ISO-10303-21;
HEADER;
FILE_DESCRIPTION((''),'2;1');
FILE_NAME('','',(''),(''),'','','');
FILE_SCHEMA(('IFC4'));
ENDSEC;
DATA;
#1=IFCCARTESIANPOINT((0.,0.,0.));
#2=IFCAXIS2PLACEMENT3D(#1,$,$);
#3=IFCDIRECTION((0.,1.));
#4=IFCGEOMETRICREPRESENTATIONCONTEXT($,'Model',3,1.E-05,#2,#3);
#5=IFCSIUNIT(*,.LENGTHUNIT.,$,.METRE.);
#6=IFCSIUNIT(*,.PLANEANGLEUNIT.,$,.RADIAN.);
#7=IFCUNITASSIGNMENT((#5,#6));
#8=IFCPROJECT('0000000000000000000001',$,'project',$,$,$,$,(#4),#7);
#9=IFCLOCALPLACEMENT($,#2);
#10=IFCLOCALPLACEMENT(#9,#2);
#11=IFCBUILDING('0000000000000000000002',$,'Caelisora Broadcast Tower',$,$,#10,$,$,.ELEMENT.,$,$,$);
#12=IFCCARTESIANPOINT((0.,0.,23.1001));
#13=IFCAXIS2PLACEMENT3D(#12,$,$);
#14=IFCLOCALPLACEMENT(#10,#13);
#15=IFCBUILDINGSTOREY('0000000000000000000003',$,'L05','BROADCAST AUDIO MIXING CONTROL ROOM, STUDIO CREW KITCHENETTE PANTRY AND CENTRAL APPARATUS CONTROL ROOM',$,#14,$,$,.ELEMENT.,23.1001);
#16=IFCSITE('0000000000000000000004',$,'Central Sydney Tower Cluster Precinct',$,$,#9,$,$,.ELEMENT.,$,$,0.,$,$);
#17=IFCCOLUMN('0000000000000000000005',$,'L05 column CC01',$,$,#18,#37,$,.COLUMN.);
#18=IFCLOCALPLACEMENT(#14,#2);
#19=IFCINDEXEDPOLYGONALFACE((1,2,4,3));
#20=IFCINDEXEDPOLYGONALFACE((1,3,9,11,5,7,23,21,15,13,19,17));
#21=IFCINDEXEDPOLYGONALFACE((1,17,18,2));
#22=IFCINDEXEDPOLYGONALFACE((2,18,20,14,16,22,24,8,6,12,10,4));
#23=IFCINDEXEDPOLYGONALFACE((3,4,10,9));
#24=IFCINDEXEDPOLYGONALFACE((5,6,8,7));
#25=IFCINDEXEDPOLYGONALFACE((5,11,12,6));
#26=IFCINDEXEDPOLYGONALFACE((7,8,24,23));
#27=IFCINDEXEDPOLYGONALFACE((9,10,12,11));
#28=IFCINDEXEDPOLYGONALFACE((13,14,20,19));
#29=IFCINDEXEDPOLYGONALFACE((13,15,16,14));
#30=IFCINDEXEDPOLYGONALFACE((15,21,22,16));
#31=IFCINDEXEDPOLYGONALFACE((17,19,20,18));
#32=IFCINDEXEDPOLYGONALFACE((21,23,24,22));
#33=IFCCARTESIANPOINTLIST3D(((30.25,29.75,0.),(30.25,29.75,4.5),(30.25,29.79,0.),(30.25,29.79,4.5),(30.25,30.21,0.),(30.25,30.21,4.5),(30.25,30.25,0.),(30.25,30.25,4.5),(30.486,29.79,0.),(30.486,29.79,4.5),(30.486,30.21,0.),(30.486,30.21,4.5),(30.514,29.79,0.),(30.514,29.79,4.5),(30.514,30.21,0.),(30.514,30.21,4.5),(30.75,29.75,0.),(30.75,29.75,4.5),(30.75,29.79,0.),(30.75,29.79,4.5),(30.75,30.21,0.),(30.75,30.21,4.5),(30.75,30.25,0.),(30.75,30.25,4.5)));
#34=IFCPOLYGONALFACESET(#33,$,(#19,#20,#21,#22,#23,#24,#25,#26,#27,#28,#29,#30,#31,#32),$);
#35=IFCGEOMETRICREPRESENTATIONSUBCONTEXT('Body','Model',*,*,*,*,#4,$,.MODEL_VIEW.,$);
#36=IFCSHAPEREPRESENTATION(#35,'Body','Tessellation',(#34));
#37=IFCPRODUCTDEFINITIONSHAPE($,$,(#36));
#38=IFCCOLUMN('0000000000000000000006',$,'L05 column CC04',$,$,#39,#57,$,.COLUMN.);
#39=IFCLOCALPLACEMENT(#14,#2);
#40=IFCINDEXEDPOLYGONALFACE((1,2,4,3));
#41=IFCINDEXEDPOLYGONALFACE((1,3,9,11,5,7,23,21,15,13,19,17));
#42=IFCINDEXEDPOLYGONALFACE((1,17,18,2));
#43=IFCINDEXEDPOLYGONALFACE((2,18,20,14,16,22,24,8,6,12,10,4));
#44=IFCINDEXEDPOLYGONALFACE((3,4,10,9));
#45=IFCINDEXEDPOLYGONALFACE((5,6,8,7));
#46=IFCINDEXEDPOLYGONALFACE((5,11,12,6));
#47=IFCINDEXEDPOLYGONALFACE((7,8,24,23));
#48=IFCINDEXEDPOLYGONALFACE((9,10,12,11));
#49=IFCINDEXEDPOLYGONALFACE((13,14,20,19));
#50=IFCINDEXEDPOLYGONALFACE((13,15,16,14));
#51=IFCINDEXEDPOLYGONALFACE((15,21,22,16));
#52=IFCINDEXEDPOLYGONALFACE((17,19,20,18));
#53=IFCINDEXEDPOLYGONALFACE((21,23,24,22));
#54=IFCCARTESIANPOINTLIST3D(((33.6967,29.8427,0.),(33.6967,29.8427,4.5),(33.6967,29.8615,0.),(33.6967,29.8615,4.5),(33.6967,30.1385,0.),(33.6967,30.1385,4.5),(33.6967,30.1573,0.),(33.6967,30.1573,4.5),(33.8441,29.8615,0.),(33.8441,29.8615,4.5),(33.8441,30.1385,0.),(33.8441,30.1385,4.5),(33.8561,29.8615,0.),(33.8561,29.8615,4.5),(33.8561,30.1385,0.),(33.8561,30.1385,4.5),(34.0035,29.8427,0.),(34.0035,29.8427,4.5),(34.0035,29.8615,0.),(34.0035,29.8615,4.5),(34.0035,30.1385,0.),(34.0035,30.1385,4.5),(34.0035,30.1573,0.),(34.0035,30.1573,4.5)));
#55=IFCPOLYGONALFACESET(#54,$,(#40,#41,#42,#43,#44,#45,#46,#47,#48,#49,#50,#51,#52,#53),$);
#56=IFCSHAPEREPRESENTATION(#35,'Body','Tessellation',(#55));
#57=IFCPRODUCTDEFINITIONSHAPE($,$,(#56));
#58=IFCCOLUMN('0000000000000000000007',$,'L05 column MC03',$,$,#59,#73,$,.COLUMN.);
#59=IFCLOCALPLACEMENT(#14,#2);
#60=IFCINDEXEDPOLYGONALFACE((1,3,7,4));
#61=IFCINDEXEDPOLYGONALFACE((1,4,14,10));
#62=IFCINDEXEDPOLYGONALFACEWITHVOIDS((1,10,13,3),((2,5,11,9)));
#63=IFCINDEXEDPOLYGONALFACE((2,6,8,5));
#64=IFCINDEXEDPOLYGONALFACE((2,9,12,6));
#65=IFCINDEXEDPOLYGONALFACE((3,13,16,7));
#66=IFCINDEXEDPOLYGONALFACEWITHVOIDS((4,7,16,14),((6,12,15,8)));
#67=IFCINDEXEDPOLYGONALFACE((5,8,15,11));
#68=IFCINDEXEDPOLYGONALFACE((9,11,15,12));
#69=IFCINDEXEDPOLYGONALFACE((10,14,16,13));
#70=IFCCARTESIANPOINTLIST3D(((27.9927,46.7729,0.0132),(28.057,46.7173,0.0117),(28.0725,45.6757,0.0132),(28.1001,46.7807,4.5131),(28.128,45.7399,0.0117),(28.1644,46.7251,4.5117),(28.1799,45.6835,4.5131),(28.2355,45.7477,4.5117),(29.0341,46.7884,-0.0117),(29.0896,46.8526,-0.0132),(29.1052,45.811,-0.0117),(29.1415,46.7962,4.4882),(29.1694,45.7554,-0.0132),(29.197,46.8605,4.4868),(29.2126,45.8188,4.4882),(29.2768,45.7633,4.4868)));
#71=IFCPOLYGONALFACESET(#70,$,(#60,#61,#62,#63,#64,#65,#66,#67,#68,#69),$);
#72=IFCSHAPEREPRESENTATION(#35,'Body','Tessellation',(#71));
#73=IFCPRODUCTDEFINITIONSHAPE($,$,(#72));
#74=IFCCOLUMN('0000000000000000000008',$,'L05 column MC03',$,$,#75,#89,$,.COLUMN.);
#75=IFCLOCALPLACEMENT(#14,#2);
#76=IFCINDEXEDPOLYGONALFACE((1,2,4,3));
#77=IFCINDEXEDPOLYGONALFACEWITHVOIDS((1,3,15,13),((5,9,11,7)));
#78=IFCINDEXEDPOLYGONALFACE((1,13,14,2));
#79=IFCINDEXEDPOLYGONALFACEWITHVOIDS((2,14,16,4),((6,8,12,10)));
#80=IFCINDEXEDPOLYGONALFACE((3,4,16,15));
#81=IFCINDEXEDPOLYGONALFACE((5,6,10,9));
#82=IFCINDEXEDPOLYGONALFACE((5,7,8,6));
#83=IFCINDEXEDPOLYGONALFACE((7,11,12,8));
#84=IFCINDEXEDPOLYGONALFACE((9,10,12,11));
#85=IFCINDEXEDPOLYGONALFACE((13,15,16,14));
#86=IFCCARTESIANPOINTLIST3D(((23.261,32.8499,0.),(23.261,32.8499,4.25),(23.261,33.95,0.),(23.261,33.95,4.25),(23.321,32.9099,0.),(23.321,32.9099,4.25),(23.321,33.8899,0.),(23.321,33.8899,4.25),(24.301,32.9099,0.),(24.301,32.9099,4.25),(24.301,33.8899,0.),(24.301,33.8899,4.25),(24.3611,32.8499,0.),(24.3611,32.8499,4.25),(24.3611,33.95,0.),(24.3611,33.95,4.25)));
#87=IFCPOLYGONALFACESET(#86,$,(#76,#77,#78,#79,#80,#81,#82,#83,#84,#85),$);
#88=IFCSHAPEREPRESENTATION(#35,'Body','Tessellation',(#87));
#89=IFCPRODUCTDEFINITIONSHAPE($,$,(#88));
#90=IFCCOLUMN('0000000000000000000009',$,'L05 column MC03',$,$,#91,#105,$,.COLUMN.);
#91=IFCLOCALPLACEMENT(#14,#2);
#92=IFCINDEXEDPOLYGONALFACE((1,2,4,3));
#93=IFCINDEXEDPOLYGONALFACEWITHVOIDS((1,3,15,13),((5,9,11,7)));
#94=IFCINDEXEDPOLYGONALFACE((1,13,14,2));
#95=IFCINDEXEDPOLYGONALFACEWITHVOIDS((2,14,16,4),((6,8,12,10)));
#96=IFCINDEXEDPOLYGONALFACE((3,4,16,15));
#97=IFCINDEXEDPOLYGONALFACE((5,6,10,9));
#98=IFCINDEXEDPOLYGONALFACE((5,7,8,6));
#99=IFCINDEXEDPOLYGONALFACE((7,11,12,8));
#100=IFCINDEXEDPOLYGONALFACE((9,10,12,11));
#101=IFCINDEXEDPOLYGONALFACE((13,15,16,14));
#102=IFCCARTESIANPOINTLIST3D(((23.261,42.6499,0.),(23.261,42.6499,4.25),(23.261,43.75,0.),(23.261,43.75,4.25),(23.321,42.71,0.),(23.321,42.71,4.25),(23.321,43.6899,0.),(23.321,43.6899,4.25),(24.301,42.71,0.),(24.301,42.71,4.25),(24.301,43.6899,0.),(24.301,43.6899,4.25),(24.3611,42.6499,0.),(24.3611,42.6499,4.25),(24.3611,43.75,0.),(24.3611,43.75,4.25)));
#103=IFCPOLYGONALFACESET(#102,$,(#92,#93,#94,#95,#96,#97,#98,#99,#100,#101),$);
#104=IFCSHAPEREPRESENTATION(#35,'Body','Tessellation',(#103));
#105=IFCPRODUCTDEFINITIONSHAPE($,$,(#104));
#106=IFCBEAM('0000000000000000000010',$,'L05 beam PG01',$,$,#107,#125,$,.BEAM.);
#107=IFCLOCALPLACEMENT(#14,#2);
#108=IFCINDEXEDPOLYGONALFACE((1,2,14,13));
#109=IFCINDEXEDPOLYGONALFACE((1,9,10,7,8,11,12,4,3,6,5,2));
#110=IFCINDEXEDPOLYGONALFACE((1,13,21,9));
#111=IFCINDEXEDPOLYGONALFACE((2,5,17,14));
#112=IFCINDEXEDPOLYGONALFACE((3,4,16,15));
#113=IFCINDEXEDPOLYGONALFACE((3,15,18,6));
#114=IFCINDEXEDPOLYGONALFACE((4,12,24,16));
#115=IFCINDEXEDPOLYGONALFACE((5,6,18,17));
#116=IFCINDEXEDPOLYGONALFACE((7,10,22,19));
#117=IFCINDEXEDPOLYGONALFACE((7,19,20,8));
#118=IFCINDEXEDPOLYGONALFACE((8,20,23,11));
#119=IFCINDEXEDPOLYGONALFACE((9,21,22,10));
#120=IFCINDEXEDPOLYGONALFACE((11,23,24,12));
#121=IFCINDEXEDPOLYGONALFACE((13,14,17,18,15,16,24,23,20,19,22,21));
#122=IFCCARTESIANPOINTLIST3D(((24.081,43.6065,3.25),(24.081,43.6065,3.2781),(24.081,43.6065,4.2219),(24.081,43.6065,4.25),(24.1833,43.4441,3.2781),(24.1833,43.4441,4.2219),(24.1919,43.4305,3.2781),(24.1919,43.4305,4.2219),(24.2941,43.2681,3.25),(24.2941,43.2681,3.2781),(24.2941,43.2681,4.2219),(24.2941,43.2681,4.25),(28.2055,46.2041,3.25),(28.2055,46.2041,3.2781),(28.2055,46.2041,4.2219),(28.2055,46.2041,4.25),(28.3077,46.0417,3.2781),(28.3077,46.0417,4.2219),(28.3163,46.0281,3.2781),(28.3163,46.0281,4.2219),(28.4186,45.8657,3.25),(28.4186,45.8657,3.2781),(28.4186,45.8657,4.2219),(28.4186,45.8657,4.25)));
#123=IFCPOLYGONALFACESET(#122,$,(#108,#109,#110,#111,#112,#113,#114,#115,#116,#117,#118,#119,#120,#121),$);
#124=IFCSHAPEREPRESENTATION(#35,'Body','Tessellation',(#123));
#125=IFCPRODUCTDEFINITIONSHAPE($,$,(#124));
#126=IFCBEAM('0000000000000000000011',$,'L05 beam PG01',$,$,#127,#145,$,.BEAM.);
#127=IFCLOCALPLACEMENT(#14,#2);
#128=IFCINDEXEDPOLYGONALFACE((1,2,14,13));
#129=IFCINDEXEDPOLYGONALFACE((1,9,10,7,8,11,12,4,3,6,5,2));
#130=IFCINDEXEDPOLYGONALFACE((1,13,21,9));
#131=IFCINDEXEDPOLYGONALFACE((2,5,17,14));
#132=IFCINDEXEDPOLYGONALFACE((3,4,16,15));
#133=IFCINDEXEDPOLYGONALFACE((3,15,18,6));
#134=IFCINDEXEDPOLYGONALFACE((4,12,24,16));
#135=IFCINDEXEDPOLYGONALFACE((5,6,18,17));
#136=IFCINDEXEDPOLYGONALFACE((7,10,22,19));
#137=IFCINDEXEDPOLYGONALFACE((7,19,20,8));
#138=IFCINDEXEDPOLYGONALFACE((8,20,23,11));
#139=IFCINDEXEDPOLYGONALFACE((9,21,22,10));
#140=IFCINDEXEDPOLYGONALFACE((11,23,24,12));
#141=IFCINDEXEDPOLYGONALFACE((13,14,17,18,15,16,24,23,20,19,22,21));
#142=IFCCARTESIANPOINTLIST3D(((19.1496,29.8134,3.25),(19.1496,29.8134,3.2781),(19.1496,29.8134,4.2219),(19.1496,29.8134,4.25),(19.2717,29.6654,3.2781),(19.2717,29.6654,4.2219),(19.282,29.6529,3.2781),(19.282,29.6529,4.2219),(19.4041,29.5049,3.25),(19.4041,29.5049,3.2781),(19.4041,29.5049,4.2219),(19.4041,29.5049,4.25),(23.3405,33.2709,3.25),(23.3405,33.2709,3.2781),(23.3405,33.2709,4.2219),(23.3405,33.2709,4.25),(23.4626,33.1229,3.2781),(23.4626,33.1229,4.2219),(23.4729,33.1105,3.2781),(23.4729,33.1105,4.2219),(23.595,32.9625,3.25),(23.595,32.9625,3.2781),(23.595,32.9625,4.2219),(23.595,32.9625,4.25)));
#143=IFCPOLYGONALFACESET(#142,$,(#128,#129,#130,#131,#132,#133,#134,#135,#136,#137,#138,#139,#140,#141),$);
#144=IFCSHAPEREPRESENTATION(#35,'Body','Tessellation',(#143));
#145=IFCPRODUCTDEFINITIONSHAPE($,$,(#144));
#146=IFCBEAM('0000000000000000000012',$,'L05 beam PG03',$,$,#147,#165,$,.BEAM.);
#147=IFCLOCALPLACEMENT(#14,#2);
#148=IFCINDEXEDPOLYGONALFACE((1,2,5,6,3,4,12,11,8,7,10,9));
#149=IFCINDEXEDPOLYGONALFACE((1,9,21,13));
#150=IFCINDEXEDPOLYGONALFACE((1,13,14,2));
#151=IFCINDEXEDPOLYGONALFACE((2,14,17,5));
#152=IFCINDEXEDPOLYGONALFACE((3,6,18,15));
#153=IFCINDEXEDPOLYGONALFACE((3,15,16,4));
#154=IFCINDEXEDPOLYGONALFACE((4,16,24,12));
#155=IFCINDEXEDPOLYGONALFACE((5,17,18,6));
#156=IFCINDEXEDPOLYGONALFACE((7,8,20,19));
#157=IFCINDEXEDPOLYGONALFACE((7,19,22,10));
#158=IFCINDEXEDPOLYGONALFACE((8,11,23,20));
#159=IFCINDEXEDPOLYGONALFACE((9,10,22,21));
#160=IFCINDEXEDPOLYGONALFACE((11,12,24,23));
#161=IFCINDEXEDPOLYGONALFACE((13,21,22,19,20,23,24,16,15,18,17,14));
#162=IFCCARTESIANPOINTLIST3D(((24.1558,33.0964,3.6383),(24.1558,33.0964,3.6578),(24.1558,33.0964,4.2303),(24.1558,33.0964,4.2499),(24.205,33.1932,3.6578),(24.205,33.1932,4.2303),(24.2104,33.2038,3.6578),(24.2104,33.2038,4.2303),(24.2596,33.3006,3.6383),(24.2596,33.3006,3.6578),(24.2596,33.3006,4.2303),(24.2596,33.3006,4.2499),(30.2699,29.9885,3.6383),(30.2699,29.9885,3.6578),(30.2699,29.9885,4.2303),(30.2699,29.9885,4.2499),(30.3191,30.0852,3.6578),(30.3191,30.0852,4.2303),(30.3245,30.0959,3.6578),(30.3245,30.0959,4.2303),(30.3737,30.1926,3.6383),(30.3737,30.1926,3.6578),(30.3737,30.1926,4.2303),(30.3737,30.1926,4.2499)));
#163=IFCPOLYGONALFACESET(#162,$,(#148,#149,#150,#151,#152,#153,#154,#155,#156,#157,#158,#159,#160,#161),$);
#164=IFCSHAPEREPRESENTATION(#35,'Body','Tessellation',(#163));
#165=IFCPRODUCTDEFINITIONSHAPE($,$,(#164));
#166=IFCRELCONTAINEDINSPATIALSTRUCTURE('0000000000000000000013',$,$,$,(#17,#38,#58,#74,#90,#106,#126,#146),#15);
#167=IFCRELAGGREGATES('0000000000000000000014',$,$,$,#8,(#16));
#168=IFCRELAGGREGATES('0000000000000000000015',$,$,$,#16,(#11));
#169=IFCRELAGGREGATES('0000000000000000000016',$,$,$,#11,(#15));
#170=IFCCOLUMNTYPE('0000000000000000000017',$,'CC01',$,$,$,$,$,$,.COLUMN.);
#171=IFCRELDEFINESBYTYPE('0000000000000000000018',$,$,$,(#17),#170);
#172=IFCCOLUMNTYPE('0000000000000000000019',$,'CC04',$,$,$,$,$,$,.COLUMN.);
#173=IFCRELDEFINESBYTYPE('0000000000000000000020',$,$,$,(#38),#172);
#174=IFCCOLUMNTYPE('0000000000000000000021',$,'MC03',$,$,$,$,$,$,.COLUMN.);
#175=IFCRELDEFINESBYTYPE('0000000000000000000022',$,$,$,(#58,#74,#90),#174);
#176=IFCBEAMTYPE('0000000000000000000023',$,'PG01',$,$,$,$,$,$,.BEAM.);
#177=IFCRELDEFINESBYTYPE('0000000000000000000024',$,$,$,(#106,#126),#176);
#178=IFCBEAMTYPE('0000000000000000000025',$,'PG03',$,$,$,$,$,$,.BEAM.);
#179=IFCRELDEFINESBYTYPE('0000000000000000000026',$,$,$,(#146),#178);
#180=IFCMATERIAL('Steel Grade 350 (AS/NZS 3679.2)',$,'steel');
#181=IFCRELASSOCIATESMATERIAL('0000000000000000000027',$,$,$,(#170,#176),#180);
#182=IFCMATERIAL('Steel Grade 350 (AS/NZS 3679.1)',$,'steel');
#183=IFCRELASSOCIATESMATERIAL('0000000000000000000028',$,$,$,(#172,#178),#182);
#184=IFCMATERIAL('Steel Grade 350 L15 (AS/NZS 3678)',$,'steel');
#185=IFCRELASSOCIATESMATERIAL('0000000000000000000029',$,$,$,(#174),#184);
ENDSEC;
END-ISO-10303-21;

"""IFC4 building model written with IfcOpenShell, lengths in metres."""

from ifc_helpers import new_model, si_unit, direction, frame, origin, origin_2d, place, context, subcontext, project, spatial, hollow_rectangle, i_section, extrude, source, transform, mapped, material, material_profile, profile_set, type_object, type_shapes, element, save


model = new_model("IFC4")

# Units and contexts
model_context = context("Model", 3, precision=1e-05, world=origin(), true_north=direction((0.0, 1.0)))
body_context = subcontext(model_context, "Body", "Model", "MODEL_VIEW")
ifc_project = project(units=[si_unit("LENGTHUNIT", "METRE"), si_unit("PLANEANGLEUNIT", "RADIAN")], contexts=[model_context])

# Site, building, storey
site_placement = place(None, origin())
site = spatial("IfcSite", under=ifc_project, at=site_placement, Name="Central Sydney Tower Cluster Precinct", CompositionType="ELEMENT", RefElevation=0.0)
building_placement = place(site_placement, origin())
building = spatial("IfcBuilding", under=site, at=building_placement, Name="Caelisora Broadcast Tower", CompositionType="ELEMENT")
storey_placement = place(building_placement, frame((0.0, 0.0, 23.1001)))
storey = spatial("IfcBuildingStorey", under=building, at=storey_placement, Name="L05", Description="BROADCAST AUDIO MIXING CONTROL ROOM, STUDIO CREW KITCHENETTE PANTRY AND CENTRAL APPARATUS CONTROL ROOM", CompositionType="ELEMENT", Elevation=23.1001)

# Columns
ifc_material_1 = material(Name="Steel Grade 350 (AS/NZS 3679.2)", Category="steel")
ifc_material_profile_1 = material_profile(ifc_material_1, i_section(OverallWidth=0.5, OverallDepth=0.5, WebThickness=0.0281, FlangeThickness=0.04, at=origin_2d()), Name="Steel Grade 350 (AS/NZS 3679.2)")
ifc_profile_set_1 = profile_set([ifc_material_profile_1], Name="Steel Grade 350 (AS/NZS 3679.2)")
column_type_1 = type_object("IfcColumnType", Name="CC01", PredefinedType="COLUMN", material=ifc_profile_set_1)
shared_shape_1 = source(origin(), body_context, "Body", "SweptSolid", [
    extrude(i_section(OverallWidth=0.5, OverallDepth=0.5, WebThickness=0.0281, FlangeThickness=0.04, at=origin_2d()), origin(), (0.0, 0.0, 1.0), 4.5),
])
type_shapes(column_type_1, [shared_shape_1])
column_1_placement = place(storey_placement, frame((30.5, 30.0, 0.0), z_axis=(0.0, 0.0, 1.0), x_axis=(1.0, 0.0, 0.0)))
element("IfcColumn", 1, at=column_1_placement, inside=storey, type_object=column_type_1, Name="L05 column CC01", PredefinedType="COLUMN", context=body_context, shape_type="MappedRepresentation", body=[
    mapped(shared_shape_1, transform((0.0, 0.0, 0.0), scale=1.0)),
])
ifc_material_2 = material(Name="Steel Grade 350 (AS/NZS 3679.1)", Category="steel")
ifc_material_profile_2 = material_profile(ifc_material_2, i_section(OverallWidth=0.3069, OverallDepth=0.3147, WebThickness=0.012, FlangeThickness=0.0188, at=origin_2d()), Name="Steel Grade 350 (AS/NZS 3679.1)")
ifc_profile_set_2 = profile_set([ifc_material_profile_2], Name="Steel Grade 350 (AS/NZS 3679.1)")
column_type_2 = type_object("IfcColumnType", Name="CC04", PredefinedType="COLUMN", material=ifc_profile_set_2)
shared_shape_2 = source(origin(), body_context, "Body", "SweptSolid", [
    extrude(i_section(OverallWidth=0.3069, OverallDepth=0.3147, WebThickness=0.012, FlangeThickness=0.0188, at=origin_2d()), origin(), (0.0, 0.0, 1.0), 4.5),
])
type_shapes(column_type_2, [shared_shape_2])
column_2_placement = place(storey_placement, frame((33.8501, 30.0, 0.0), z_axis=(0.0, 0.0, 1.0), x_axis=(1.0, 0.0, 0.0)))
element("IfcColumn", 2, at=column_2_placement, inside=storey, type_object=column_type_2, Name="L05 column CC04", PredefinedType="COLUMN", context=body_context, shape_type="MappedRepresentation", body=[
    mapped(shared_shape_2, transform((0.0, 0.0, 0.0), scale=1.0)),
])
ifc_material_3 = material(Name="Steel Grade 350 L15 (AS/NZS 3678)", Category="steel")
ifc_material_profile_3 = material_profile(ifc_material_3, hollow_rectangle(XDim=1.1001, YDim=1.1001, WallThickness=0.0601, at=origin_2d()), Name="Steel Grade 350 L15 (AS/NZS 3678)")
ifc_profile_set_3 = profile_set([ifc_material_profile_3], Name="Steel Grade 350 L15 (AS/NZS 3678)")
column_type_3 = type_object("IfcColumnType", Name="MC03", PredefinedType="COLUMN", material=ifc_profile_set_3)
shared_shape_3 = source(origin(), body_context, "Body", "SweptSolid", [
    extrude(hollow_rectangle(XDim=1.1001, YDim=1.1001, WallThickness=0.0601, at=origin_2d()), origin(), (0.0, 0.0, 1.0), 4.5012),
])
column_3_placement = place(storey_placement, frame((28.5811, 46.2642, 0.0), z_axis=(0.023865, 0.001736, 0.999714), x_axis=(-0.072536, 0.997366, 0.0)))
element("IfcColumn", 3, at=column_3_placement, inside=storey, type_object=column_type_3, Name="L05 column MC03", PredefinedType="COLUMN", context=body_context, shape_type="MappedRepresentation", body=[
    mapped(shared_shape_3, transform((0.0, 0.0, 0.0), scale=1.0)),
])
shared_shape_4 = source(origin(), body_context, "Body", "SweptSolid", [
    extrude(hollow_rectangle(XDim=1.1001, YDim=1.1001, WallThickness=0.0601, at=origin_2d()), origin(), (0.0, 0.0, 1.0), 4.25),
])
type_shapes(column_type_3, [shared_shape_3, shared_shape_4])
for number, where, z_axis, x_axis, name in (
    (4, (23.811, 33.3999, 0.0), (0.0, 0.0, 1.0), (1.0, 0.0, 0.0), "L05 column MC03"),
    (5, (23.811, 43.2, 0.0), (0.0, 0.0, 1.0), (1.0, 0.0, 0.0), "L05 column MC03"),
):
    element("IfcColumn", number, at=place(storey_placement, frame(where, z_axis=z_axis, x_axis=x_axis)), inside=storey, type_object=column_type_3, Name=name, PredefinedType="COLUMN", context=body_context, shape_type="MappedRepresentation", body=[
        mapped(shared_shape_4, transform((0.0, 0.0, 0.0), scale=1.0)),
    ])

# Beams
ifc_material_profile_4 = material_profile(ifc_material_1, i_section(OverallWidth=0.3999, OverallDepth=1.0, WebThickness=0.0161, FlangeThickness=0.0281, at=origin_2d()), Name="Steel Grade 350 (AS/NZS 3679.2)")
ifc_profile_set_4 = profile_set([ifc_material_profile_4], Name="Steel Grade 350 (AS/NZS 3679.2)")
beam_type_1 = type_object("IfcBeamType", Name="PG01", PredefinedType="BEAM", material=ifc_profile_set_4)
shared_shape_5 = source(origin(), body_context, "Body", "SweptSolid", [
    extrude(i_section(OverallWidth=0.3999, OverallDepth=1.0, WebThickness=0.0161, FlangeThickness=0.0281, at=origin_2d()), origin(), (0.0, 0.0, 1.0), 4.8743),
])
beam_1_placement = place(storey_placement, frame((28.312, 46.0349, 3.75), z_axis=(-0.846164, -0.532922, 0.0), x_axis=(0.532922, -0.846164, 0.0)))
element("IfcBeam", 6, at=beam_1_placement, inside=storey, type_object=beam_type_1, Name="L05 beam PG01", PredefinedType="BEAM", context=body_context, shape_type="MappedRepresentation", body=[
    mapped(shared_shape_5, transform((0.0, 0.0, 0.0), scale=1.0)),
])
shared_shape_6 = source(origin(), body_context, "Body", "SweptSolid", [
    extrude(i_section(OverallWidth=0.3999, OverallDepth=1.0, WebThickness=0.0161, FlangeThickness=0.0281, at=origin_2d()), origin(), (0.0, 0.0, 1.0), 5.4331),
])
beam_2_placement = place(storey_placement, frame((23.4678, 33.1167, 3.75), z_axis=(-0.771372, -0.636384, 0.0), x_axis=(0.636384, -0.771372, 0.0)))
element("IfcBeam", 7, at=beam_2_placement, inside=storey, type_object=beam_type_1, Name="L05 beam PG01", PredefinedType="BEAM", context=body_context, shape_type="MappedRepresentation", body=[
    mapped(shared_shape_6, transform((0.0, 0.0, 0.0), scale=1.0)),
])
ifc_material_profile_5 = material_profile(ifc_material_2, i_section(OverallWidth=0.229, OverallDepth=0.6116, WebThickness=0.012, FlangeThickness=0.0195, at=origin_2d()), Name="Steel Grade 350 (AS/NZS 3679.1)")
ifc_profile_set_5 = profile_set([ifc_material_profile_5], Name="Steel Grade 350 (AS/NZS 3679.1)")
beam_type_2 = type_object("IfcBeamType", Name="PG03", PredefinedType="BEAM", material=ifc_profile_set_5)
shared_shape_7 = source(origin(), body_context, "Body", "SweptSolid", [
    extrude(i_section(OverallWidth=0.229, OverallDepth=0.6116, WebThickness=0.012, FlangeThickness=0.0195, at=origin_2d()), origin(), (0.0, 0.0, 1.0), 6.8586),
])
type_shapes(beam_type_2, [shared_shape_7])
beam_3_placement = place(storey_placement, frame((30.3218, 30.0906, 3.9441), z_axis=(-0.891439, 0.453141, 0.0), x_axis=(-0.453141, -0.891439, 0.0)))
element("IfcBeam", 8, at=beam_3_placement, inside=storey, type_object=beam_type_2, Name="L05 beam PG03", PredefinedType="BEAM", context=body_context, shape_type="MappedRepresentation", body=[
    mapped(shared_shape_7, transform((0.0, 0.0, 0.0), scale=1.0)),
])

save(model, "model.ifc")
